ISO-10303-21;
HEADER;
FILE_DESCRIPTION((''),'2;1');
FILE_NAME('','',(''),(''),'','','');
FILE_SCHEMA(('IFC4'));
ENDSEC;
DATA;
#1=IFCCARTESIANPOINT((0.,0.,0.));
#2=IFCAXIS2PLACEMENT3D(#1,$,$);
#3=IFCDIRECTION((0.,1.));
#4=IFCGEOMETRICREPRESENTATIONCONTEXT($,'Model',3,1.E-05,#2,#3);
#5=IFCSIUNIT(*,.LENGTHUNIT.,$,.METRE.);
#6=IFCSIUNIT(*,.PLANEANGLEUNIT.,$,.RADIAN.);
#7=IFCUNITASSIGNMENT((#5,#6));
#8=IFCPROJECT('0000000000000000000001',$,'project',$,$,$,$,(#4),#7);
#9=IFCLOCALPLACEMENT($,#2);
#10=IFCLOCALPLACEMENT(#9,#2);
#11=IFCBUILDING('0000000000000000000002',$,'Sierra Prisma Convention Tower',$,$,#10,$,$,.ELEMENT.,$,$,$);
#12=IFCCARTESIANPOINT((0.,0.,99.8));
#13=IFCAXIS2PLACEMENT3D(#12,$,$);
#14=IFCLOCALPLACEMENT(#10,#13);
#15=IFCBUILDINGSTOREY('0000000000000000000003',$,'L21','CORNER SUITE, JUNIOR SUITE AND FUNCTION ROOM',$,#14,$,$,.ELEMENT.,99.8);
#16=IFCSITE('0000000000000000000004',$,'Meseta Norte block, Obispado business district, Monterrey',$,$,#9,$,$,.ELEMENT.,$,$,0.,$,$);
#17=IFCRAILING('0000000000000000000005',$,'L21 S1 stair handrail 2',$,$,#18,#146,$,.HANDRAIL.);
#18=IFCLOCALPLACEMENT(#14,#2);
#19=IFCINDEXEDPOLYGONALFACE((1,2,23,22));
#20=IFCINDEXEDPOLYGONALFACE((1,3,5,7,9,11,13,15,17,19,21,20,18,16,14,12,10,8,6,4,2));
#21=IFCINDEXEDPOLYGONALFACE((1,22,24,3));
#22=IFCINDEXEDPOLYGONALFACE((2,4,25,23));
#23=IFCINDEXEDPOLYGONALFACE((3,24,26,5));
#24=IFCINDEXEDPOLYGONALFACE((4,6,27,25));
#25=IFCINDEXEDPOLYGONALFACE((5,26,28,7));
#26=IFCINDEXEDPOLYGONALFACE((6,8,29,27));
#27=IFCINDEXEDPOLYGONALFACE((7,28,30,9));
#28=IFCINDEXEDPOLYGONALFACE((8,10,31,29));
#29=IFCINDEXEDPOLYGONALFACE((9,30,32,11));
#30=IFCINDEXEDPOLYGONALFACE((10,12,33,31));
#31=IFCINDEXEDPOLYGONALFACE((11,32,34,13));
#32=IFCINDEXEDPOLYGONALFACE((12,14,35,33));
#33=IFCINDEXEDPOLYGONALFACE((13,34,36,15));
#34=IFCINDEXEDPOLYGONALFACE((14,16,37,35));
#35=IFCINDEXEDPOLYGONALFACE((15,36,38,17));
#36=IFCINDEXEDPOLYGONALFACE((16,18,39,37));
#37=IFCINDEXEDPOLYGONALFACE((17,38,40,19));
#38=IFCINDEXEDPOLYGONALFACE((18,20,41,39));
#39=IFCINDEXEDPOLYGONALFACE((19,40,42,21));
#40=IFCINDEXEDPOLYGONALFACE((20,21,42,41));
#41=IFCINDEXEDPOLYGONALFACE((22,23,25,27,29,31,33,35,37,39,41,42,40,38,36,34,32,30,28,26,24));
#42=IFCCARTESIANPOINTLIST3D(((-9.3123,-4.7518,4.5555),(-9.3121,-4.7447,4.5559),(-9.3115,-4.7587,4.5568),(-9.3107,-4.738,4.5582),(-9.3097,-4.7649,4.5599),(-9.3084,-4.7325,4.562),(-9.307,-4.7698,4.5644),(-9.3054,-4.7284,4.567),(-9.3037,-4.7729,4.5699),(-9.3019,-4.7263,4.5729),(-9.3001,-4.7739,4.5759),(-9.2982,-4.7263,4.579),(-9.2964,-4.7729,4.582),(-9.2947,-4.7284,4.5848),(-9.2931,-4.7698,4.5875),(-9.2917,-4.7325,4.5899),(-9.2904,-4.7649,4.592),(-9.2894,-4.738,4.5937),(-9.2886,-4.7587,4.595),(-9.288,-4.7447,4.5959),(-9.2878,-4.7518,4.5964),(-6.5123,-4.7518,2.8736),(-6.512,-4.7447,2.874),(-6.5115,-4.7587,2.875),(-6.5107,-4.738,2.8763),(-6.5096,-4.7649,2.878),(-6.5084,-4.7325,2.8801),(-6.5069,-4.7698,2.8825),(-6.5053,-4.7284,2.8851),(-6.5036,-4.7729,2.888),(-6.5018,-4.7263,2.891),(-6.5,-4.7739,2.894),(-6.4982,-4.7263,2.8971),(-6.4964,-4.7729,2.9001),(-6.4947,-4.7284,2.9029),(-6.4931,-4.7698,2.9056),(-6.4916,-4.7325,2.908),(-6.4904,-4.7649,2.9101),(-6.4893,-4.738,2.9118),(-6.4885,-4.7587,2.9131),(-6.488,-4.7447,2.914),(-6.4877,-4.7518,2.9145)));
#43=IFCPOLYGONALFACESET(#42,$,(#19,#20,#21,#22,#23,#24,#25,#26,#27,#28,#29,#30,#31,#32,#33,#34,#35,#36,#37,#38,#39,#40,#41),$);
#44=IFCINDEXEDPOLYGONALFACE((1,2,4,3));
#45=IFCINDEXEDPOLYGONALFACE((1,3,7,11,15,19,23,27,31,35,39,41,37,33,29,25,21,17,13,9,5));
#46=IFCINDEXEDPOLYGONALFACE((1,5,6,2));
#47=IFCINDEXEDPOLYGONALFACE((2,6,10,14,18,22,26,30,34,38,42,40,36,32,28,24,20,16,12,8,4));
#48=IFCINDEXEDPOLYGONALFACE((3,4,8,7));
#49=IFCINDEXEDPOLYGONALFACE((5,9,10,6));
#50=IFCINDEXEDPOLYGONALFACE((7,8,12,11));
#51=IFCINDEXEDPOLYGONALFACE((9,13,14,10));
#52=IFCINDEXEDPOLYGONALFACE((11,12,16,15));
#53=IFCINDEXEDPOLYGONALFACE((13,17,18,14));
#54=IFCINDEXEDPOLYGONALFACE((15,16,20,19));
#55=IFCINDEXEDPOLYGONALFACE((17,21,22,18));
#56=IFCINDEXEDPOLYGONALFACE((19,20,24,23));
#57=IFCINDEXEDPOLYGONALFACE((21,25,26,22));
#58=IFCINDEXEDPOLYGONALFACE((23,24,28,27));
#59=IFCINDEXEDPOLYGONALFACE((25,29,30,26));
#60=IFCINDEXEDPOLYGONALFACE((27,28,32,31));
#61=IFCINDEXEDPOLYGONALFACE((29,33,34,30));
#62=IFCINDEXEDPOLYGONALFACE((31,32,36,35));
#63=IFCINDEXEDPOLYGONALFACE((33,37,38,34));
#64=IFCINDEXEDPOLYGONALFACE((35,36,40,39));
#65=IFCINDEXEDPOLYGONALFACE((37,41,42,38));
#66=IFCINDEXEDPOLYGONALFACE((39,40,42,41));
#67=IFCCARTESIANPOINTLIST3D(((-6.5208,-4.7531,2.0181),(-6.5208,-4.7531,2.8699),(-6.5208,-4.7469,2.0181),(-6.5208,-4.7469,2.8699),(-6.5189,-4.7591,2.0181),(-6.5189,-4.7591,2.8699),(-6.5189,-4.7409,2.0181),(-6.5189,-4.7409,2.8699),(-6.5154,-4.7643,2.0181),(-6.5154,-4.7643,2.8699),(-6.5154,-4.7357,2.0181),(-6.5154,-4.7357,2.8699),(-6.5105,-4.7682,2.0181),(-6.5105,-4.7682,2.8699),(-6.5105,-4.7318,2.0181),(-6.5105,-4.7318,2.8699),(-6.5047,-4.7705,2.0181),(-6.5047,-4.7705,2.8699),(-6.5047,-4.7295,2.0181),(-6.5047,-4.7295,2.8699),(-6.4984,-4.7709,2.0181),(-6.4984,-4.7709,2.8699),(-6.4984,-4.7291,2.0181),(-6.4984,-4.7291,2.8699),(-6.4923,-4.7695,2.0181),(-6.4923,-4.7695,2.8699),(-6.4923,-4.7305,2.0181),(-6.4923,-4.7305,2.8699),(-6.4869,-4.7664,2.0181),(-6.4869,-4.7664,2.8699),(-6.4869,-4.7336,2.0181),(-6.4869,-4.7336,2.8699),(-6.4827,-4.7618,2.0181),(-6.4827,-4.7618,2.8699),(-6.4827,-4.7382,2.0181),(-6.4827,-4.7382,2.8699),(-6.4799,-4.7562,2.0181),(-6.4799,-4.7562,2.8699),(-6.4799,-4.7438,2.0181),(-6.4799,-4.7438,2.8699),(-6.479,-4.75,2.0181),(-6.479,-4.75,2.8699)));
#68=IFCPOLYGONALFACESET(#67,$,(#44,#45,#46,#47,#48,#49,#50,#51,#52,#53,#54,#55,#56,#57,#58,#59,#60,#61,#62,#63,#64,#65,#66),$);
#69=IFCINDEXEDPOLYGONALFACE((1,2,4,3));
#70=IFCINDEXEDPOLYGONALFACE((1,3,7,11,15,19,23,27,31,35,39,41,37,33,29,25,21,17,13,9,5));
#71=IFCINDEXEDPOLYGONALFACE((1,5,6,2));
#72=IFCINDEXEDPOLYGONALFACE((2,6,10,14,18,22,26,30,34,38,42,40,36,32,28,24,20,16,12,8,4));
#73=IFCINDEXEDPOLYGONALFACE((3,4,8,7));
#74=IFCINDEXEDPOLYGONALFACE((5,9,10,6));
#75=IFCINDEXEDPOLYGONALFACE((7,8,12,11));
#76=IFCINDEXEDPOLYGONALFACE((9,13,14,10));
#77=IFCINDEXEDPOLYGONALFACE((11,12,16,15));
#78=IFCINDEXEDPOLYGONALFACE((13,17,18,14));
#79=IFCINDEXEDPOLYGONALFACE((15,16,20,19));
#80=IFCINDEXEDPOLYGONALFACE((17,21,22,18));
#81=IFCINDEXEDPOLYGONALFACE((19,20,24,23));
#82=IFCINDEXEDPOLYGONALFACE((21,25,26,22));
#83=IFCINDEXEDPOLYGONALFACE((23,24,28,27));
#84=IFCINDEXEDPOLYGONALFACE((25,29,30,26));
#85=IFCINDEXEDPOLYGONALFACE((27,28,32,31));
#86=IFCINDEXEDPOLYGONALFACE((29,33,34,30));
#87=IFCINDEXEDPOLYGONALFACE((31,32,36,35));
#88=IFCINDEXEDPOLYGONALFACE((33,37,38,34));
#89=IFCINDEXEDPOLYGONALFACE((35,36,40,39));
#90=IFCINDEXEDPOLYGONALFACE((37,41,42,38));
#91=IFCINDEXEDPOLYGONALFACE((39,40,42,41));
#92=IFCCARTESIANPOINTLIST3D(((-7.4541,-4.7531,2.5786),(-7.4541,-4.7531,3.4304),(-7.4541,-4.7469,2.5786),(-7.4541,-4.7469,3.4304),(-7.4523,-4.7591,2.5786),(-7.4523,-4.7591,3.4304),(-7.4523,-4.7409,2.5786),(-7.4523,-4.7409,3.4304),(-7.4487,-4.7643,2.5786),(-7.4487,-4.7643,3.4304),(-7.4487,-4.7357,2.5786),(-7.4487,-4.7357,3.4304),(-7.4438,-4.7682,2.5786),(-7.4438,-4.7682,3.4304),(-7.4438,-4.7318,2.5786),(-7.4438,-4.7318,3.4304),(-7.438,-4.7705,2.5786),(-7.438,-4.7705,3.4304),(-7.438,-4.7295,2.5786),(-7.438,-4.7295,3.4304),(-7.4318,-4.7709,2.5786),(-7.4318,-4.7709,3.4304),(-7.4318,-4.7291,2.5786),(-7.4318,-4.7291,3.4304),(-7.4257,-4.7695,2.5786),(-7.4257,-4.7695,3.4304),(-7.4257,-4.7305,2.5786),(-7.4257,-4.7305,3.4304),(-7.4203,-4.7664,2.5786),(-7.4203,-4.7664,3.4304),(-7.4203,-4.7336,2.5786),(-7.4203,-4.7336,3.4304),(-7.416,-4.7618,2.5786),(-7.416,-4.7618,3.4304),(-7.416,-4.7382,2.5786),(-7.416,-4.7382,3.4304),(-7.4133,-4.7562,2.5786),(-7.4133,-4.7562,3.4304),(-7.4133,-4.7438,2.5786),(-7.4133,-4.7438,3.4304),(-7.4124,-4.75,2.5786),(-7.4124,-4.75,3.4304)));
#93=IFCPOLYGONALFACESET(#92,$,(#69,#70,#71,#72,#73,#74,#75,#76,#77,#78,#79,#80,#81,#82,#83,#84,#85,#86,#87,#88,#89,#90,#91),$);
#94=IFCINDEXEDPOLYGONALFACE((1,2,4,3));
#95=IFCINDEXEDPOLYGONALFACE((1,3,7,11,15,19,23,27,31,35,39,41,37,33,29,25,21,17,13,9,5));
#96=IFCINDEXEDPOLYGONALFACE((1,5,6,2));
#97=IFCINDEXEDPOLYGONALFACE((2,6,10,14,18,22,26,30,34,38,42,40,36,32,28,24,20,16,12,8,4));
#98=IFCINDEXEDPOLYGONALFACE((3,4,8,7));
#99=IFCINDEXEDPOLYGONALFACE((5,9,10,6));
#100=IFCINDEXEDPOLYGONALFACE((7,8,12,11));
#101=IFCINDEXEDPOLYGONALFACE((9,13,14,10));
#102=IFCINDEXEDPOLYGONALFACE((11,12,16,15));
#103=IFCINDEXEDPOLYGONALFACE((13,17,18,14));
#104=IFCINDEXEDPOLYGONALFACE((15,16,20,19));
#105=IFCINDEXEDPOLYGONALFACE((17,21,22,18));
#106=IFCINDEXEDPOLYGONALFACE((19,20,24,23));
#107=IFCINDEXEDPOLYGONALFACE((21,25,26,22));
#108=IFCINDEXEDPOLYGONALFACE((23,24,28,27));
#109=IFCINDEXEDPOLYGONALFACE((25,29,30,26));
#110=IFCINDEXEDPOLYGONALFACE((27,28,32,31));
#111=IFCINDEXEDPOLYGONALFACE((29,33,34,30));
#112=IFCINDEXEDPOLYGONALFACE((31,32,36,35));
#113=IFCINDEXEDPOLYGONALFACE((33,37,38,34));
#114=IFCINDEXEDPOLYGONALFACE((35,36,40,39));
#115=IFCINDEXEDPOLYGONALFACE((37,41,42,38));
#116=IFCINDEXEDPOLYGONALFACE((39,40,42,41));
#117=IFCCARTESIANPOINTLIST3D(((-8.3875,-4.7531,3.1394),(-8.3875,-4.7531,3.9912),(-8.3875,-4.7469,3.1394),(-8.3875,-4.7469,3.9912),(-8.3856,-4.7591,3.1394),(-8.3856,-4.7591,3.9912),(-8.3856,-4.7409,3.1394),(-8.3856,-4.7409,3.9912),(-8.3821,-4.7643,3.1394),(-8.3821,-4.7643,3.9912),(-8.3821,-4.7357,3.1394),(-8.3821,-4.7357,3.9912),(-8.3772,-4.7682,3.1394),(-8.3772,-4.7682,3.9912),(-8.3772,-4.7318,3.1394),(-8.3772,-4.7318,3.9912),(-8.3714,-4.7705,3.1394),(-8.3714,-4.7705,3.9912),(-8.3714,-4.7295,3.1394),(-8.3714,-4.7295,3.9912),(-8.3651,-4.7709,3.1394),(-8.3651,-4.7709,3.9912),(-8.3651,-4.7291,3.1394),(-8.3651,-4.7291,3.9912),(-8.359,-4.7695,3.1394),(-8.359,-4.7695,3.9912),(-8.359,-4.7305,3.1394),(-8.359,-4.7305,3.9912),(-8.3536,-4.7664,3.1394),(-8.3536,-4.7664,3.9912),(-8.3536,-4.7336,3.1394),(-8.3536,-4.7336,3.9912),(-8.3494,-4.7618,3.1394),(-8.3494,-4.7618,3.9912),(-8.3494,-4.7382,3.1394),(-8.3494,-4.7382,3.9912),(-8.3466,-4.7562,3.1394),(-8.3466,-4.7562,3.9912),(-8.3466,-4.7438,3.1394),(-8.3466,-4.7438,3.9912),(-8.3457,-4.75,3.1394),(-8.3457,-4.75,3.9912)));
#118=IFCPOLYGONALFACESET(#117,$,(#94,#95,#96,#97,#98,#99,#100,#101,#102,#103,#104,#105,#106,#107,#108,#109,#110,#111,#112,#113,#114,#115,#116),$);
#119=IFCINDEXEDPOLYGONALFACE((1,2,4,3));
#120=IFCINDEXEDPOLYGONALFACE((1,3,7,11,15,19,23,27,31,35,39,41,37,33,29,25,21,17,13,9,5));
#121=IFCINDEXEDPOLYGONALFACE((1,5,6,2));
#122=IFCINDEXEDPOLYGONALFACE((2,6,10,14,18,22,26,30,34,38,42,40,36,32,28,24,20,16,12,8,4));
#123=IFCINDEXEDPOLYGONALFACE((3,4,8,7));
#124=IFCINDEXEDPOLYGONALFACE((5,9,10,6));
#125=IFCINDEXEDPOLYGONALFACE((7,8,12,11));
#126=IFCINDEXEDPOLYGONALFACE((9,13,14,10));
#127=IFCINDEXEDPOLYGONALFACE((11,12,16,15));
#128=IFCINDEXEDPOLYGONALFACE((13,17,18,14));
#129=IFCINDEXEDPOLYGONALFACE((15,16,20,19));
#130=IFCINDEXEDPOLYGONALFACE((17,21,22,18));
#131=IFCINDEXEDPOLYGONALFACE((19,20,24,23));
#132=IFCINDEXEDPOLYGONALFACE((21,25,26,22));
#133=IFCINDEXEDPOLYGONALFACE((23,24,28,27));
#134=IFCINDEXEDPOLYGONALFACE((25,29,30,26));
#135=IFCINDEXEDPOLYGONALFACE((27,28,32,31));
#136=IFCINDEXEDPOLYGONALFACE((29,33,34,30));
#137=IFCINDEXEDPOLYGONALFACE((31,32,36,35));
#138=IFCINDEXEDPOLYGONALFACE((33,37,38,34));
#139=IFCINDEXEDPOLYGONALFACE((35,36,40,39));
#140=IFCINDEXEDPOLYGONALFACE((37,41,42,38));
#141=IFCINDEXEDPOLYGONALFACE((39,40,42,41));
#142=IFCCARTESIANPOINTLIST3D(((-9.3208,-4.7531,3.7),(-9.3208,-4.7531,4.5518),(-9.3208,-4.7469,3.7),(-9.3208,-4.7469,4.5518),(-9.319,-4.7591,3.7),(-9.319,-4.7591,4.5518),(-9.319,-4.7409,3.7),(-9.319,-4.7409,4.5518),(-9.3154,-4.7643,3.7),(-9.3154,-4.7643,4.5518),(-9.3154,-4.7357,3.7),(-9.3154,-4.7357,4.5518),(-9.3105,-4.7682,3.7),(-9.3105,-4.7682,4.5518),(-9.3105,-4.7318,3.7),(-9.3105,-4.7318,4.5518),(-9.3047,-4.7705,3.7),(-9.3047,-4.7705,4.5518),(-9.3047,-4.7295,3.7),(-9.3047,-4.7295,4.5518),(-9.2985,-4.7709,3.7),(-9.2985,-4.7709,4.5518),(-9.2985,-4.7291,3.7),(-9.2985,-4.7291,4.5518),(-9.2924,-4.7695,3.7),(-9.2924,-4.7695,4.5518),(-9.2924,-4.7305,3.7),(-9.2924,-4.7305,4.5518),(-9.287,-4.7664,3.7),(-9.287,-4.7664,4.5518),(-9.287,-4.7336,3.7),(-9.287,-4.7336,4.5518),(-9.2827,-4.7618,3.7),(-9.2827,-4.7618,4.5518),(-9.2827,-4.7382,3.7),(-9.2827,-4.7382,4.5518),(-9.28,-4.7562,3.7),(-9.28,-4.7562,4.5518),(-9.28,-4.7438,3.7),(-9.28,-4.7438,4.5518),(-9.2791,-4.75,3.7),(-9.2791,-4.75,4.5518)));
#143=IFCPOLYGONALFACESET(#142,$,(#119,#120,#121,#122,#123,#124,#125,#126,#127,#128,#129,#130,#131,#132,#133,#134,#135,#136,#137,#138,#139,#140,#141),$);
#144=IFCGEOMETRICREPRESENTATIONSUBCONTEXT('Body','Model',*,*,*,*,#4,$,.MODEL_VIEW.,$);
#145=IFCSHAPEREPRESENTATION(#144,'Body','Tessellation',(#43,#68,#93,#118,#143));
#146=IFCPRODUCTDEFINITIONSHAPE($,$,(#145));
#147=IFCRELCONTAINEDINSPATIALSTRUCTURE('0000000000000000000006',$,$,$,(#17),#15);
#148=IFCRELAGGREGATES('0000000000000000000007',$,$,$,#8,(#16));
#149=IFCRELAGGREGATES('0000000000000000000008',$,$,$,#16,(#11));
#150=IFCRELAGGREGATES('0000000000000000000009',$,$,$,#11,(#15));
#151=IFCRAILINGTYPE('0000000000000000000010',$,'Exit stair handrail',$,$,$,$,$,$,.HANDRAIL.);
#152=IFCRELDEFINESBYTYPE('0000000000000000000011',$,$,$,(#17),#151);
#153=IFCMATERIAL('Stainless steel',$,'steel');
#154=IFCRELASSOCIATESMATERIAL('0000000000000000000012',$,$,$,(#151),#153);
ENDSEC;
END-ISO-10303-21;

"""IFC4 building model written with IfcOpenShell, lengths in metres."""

from ifc_helpers import new_model, si_unit, direction, frame, origin, origin_2d, place, context, subcontext, project, spatial, circle, extrude, material, type_object, element, save


model = new_model("IFC4")

# Units and contexts
model_context = context("Model", 3, precision=1e-05, world=origin(), true_north=direction((0.0, 1.0)))
body_context = subcontext(model_context, "Body", "Model", "MODEL_VIEW")
ifc_project = project(units=[si_unit("LENGTHUNIT", "METRE"), si_unit("PLANEANGLEUNIT", "RADIAN")], contexts=[model_context])

# Site, building, storey
site_placement = place(None, origin())
site = spatial("IfcSite", under=ifc_project, at=site_placement, Name="Meseta Norte block, Obispado business district, Monterrey", CompositionType="ELEMENT", RefElevation=0.0)
building_placement = place(site_placement, origin())
building = spatial("IfcBuilding", under=site, at=building_placement, Name="Sierra Prisma Convention Tower", CompositionType="ELEMENT")
storey_placement = place(building_placement, frame((0.0, 0.0, 99.8)))
storey = spatial("IfcBuildingStorey", under=building, at=storey_placement, Name="L21", Description="CORNER SUITE, JUNIOR SUITE AND FUNCTION ROOM", CompositionType="ELEMENT", Elevation=99.8)

# Railing
ifc_material_1 = material(Name="Stainless steel", Category="steel")
railing_type_1 = type_object("IfcRailingType", Name="Exit stair handrail", PredefinedType="HANDRAIL", material=ifc_material_1)
railing_1_placement = place(storey_placement, frame((-6.5, -4.75, 2.0181)))
element("IfcRailing", 1, at=railing_1_placement, inside=storey, type_object=railing_type_1, Name="L21 S1 stair handrail 2", PredefinedType="HANDRAIL", context=body_context, shape_type="SweptSolid", body=[
    extrude(circle(Radius=0.0239, at=origin_2d()), frame((0.0, 0.0, 0.876), z_axis=(-0.857242, 0.0, 0.514913), x_axis=(0.0, -1.0, 0.0)), (0.0, 0.0, 1.0), 3.2664),
    extrude(circle(Radius=0.021, at=origin_2d()), origin(), (0.0, 0.0, 1.0), 0.8518),
    extrude(circle(Radius=0.021, at=origin_2d()), frame((-0.9333, 0.0, 0.5605)), (0.0, 0.0, 1.0), 0.8518),
    extrude(circle(Radius=0.021, at=origin_2d()), frame((-1.8667, 0.0, 1.1213)), (0.0, 0.0, 1.0), 0.8518),
    extrude(circle(Radius=0.021, at=origin_2d()), frame((-2.8, 0.0, 1.6819)), (0.0, 0.0, 1.0), 0.8518),
])

save(model, "model.ifc")
